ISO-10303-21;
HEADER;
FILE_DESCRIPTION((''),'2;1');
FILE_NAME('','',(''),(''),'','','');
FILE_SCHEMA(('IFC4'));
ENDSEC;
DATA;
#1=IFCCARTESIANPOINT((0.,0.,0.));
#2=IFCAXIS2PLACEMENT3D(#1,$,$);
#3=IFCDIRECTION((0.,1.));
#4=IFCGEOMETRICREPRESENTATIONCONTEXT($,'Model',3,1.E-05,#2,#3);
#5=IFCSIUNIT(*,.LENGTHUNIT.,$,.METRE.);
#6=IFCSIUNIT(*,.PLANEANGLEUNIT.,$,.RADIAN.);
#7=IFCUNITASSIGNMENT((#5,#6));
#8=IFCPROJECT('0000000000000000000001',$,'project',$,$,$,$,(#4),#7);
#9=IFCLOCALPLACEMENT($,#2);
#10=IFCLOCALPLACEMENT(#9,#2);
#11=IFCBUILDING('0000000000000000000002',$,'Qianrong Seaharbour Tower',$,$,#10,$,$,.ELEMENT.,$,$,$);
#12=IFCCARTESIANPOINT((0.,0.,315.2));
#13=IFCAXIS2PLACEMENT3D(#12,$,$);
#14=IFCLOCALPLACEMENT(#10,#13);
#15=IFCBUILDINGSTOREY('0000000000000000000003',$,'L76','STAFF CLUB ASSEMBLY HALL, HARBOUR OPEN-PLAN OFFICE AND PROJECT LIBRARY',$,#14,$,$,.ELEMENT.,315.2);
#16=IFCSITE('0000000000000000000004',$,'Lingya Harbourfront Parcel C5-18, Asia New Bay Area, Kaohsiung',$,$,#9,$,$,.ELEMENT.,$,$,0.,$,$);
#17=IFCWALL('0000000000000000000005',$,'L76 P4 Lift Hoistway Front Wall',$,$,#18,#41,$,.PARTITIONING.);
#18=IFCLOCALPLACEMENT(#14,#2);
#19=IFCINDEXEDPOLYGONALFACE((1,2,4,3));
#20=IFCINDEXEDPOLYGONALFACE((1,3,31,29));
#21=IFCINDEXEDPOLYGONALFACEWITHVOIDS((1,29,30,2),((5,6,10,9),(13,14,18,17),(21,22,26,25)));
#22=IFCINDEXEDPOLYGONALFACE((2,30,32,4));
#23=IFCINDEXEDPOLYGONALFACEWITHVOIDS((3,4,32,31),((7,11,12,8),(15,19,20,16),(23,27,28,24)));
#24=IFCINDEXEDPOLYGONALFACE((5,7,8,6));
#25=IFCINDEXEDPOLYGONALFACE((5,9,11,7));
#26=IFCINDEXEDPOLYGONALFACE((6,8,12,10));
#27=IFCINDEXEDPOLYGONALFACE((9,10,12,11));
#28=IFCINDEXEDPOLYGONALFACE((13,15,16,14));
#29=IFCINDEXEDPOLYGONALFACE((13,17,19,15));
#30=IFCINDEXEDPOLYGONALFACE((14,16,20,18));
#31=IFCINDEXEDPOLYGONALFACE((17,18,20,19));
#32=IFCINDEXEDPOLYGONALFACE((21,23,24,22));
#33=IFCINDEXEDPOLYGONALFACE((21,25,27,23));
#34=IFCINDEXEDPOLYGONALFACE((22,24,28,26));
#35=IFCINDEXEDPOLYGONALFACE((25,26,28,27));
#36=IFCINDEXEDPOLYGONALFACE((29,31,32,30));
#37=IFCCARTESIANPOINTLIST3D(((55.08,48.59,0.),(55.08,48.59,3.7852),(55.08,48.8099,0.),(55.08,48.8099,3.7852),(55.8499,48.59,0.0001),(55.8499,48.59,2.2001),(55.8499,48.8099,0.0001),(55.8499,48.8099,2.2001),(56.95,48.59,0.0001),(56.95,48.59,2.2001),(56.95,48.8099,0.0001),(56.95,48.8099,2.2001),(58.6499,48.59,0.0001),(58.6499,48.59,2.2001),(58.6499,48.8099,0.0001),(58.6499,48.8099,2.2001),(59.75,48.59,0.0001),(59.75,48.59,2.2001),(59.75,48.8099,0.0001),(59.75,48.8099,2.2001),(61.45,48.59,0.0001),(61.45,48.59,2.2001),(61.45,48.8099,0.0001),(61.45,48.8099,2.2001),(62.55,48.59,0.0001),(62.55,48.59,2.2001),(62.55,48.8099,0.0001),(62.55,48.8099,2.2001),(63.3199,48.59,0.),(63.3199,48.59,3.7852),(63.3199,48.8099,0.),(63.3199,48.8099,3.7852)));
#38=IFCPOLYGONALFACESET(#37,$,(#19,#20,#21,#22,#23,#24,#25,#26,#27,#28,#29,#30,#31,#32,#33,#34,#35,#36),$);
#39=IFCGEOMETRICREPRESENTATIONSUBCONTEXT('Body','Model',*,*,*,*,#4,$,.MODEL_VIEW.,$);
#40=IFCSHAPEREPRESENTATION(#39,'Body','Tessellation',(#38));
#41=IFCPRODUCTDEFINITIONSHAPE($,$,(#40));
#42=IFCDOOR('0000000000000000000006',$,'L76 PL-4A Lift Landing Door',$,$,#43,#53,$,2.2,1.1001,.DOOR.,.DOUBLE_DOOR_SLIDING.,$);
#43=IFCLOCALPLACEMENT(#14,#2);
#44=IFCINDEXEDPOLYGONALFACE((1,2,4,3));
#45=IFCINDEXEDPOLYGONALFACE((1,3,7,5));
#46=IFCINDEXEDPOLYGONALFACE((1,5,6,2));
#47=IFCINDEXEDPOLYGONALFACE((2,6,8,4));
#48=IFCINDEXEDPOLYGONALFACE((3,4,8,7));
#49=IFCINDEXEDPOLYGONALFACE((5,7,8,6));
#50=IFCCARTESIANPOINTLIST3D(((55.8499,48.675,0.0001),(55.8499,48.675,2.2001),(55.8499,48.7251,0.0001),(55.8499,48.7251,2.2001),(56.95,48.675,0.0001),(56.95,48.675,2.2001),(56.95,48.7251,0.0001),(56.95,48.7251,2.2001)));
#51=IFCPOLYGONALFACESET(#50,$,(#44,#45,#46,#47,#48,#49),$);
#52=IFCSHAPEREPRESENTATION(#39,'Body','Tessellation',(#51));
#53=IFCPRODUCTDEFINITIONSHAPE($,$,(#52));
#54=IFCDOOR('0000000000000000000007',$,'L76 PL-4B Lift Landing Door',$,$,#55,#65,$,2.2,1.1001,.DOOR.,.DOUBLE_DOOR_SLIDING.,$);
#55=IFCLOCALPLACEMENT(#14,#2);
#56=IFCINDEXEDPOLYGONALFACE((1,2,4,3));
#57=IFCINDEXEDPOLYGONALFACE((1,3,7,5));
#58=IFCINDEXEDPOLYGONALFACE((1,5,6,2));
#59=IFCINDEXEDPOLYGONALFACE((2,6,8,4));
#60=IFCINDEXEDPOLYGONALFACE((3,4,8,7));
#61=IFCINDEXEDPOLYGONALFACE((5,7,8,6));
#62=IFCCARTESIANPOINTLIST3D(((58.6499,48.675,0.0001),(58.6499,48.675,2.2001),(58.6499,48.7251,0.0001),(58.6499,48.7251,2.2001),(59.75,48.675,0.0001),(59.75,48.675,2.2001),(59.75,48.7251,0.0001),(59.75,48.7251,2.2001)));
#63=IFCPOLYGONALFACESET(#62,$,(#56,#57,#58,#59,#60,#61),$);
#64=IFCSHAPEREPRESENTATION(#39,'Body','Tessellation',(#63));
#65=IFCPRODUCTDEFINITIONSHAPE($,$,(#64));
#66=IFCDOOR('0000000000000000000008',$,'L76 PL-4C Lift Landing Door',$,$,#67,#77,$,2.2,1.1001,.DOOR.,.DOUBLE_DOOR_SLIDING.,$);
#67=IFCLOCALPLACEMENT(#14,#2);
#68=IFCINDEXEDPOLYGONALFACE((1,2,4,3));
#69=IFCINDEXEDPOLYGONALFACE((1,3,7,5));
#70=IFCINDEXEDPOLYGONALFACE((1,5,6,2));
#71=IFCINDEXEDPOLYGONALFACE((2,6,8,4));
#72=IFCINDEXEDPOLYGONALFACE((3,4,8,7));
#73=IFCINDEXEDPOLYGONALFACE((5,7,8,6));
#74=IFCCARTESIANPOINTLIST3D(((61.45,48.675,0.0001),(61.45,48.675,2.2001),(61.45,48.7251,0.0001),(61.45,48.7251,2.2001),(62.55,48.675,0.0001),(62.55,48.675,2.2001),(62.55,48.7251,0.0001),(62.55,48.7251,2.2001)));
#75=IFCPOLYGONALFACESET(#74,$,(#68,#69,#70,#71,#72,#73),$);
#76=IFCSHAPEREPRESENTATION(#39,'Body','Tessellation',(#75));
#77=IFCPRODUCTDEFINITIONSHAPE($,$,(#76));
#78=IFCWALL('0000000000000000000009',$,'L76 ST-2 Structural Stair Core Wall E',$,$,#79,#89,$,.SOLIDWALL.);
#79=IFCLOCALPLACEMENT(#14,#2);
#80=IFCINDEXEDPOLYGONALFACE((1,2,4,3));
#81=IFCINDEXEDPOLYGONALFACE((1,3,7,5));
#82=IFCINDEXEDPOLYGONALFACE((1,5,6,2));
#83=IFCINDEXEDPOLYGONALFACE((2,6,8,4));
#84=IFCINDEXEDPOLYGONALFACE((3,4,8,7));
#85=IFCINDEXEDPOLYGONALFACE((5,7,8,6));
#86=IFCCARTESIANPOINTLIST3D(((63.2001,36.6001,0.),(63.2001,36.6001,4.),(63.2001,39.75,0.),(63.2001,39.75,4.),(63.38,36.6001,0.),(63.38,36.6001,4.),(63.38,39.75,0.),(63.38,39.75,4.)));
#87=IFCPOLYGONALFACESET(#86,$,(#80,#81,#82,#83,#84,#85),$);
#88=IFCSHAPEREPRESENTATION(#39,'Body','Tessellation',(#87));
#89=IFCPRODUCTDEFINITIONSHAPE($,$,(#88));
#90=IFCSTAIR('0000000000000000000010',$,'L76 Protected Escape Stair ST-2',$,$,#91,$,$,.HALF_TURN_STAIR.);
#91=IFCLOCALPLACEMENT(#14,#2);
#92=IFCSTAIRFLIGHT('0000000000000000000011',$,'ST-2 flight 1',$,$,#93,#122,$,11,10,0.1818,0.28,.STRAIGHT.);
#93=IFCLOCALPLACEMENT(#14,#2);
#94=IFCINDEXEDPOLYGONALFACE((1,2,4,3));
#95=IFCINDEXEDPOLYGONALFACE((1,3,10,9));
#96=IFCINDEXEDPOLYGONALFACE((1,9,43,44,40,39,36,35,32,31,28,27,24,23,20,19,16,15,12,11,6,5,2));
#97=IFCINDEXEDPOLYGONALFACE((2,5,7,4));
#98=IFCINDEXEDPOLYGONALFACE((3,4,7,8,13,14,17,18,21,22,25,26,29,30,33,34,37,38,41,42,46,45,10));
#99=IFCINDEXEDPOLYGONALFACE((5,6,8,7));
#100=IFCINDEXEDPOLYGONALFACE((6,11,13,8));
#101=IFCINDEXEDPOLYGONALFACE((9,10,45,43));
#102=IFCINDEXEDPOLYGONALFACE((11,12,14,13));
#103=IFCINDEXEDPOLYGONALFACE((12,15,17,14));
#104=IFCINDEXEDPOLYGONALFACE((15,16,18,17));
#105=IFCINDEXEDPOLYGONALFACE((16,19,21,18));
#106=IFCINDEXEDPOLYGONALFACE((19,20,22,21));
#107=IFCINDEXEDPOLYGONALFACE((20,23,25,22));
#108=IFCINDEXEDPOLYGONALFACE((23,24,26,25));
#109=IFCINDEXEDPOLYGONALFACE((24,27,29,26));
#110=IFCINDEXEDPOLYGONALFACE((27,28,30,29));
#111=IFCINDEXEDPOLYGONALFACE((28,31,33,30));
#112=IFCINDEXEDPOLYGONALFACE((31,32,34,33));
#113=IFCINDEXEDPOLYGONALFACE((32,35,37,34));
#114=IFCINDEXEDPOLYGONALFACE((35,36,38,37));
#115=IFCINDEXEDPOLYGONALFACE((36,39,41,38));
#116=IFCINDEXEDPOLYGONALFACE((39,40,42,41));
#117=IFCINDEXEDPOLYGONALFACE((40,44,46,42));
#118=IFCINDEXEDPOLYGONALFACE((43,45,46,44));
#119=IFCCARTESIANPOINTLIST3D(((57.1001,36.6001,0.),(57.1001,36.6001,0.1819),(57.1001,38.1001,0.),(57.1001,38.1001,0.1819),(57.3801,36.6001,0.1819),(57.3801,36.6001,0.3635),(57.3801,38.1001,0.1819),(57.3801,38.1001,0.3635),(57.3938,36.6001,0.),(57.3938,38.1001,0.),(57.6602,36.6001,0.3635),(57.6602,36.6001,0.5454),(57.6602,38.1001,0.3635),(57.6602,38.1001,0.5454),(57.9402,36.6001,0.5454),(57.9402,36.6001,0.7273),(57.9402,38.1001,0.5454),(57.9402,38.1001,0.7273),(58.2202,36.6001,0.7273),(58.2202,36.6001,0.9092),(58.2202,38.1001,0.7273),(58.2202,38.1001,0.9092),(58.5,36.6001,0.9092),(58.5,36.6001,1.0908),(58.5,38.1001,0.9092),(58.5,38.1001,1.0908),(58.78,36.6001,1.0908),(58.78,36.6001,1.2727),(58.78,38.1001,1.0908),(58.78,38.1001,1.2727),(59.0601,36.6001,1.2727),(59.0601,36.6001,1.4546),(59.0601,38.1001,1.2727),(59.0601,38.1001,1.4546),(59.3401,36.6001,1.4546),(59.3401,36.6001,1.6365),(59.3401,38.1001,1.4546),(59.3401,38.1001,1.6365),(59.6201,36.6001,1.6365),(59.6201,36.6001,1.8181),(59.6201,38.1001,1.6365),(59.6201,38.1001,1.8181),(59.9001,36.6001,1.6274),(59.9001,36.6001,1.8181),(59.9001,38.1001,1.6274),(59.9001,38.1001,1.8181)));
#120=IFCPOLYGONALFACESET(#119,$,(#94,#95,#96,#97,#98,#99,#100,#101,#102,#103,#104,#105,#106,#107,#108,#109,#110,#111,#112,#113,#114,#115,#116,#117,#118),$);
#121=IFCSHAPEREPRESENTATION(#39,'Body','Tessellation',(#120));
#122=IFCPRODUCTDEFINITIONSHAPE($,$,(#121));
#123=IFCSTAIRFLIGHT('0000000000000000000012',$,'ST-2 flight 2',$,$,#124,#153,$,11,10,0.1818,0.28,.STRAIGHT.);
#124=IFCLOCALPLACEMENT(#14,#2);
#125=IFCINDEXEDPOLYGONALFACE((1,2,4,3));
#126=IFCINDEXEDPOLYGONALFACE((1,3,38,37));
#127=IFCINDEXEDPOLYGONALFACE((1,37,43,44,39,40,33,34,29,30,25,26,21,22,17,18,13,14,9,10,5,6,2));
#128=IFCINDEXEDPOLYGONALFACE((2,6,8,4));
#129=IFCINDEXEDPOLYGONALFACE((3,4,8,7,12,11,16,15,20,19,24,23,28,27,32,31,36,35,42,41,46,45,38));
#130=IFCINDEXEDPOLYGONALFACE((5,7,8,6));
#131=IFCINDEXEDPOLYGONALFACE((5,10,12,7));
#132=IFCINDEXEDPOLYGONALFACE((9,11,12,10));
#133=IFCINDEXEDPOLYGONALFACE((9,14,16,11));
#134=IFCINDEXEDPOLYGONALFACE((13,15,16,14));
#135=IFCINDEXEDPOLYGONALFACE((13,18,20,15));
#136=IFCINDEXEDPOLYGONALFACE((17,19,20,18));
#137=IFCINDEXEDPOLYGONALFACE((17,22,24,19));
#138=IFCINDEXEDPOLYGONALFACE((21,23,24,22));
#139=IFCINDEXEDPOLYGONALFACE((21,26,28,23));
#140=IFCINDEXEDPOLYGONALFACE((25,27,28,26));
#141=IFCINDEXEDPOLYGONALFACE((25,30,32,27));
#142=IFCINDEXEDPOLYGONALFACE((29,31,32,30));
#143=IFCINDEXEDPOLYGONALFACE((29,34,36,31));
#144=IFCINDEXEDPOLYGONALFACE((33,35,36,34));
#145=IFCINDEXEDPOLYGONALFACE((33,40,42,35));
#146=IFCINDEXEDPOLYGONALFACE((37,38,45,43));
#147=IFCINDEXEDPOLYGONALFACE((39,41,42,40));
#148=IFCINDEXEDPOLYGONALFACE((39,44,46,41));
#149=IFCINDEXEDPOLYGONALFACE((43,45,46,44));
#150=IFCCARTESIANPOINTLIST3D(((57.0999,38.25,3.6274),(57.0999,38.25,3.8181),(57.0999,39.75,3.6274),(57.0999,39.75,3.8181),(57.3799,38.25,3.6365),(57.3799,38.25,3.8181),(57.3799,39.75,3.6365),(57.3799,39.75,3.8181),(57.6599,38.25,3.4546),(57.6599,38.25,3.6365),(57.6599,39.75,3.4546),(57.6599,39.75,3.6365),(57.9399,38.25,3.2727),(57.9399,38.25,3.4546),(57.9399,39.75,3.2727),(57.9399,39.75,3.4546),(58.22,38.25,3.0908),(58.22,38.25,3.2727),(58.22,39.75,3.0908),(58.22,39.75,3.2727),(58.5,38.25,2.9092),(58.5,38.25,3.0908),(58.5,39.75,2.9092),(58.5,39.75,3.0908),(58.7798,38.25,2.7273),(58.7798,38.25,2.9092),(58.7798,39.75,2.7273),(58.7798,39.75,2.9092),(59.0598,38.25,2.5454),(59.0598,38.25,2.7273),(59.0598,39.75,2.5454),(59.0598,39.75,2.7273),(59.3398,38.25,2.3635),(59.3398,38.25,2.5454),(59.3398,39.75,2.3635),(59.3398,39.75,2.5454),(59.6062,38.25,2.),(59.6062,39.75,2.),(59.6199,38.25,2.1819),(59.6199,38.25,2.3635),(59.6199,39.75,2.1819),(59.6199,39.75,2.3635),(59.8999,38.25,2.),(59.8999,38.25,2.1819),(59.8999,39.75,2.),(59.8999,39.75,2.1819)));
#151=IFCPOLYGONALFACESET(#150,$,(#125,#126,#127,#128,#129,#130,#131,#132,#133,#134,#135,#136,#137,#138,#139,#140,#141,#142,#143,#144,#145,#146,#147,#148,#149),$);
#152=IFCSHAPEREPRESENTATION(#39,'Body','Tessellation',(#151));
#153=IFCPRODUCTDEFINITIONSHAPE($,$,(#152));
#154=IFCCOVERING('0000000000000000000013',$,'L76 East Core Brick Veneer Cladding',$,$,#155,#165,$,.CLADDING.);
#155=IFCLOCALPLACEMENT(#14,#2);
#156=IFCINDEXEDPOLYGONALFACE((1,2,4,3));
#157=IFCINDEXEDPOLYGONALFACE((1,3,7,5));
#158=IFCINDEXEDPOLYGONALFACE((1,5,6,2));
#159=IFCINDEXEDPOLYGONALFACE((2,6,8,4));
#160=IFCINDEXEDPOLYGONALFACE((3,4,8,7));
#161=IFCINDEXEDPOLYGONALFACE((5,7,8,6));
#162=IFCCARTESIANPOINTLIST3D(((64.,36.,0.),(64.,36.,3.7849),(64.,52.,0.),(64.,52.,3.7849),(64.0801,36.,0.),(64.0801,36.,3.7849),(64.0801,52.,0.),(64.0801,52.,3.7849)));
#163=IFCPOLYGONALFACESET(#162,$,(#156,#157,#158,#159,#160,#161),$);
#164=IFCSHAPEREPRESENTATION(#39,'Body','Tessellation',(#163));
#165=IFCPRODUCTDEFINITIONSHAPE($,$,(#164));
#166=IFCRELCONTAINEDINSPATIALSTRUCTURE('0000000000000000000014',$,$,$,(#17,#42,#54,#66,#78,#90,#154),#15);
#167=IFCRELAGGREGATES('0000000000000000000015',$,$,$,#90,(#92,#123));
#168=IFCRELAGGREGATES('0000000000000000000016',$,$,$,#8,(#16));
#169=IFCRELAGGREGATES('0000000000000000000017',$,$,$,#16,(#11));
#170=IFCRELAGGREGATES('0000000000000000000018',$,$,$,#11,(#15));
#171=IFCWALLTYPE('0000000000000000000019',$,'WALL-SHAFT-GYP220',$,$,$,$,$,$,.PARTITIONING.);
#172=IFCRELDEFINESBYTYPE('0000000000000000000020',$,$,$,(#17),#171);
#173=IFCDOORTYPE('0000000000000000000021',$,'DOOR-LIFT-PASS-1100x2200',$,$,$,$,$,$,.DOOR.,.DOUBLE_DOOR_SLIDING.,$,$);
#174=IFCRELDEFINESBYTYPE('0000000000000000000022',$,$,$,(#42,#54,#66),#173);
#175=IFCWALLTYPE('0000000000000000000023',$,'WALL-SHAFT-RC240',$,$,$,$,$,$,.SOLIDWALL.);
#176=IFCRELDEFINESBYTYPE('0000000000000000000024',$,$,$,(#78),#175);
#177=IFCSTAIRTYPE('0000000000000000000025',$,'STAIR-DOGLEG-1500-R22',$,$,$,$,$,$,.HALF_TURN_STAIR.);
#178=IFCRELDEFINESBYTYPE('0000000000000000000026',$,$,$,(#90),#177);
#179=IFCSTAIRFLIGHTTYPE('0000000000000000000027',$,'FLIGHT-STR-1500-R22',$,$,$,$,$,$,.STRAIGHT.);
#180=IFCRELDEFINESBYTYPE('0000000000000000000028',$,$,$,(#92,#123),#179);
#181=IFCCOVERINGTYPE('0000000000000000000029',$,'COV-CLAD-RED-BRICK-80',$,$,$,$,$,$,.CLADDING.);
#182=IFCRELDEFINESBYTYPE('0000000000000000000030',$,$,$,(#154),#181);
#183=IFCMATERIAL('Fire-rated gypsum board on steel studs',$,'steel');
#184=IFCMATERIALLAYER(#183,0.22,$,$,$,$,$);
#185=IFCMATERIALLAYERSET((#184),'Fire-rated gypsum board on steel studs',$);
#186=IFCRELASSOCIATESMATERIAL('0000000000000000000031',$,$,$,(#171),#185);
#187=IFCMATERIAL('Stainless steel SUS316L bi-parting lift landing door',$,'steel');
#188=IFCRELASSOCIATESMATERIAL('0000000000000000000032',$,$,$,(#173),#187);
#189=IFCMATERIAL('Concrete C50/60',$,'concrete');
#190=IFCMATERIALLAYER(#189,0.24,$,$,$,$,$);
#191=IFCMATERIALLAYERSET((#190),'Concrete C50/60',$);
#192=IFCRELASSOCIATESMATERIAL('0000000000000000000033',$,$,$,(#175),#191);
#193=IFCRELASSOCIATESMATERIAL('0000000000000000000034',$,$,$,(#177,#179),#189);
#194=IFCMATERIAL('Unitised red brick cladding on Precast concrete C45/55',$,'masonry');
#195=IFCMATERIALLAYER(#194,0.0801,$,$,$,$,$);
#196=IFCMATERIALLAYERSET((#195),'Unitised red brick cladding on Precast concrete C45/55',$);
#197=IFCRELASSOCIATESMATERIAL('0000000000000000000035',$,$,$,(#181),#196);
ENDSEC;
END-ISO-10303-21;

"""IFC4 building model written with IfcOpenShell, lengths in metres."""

from ifc_helpers import new_model, si_unit, direction, frame, frame_2d, origin, origin_2d, place, context, subcontext, project, spatial, polyline, rectangle, outline, extrude, material, layer, layer_set, type_object, element, fill, aggregate, save


model = new_model("IFC4")

# Units and contexts
model_context = context("Model", 3, precision=1e-05, world=origin(), true_north=direction((0.0, 1.0)))
body_context = subcontext(model_context, "Body", "Model", "MODEL_VIEW")
ifc_project = project(units=[si_unit("LENGTHUNIT", "METRE"), si_unit("PLANEANGLEUNIT", "RADIAN")], contexts=[model_context])

# Site, building, storey
site_placement = place(None, origin())
site = spatial("IfcSite", under=ifc_project, at=site_placement, Name="Lingya Harbourfront Parcel C5-18, Asia New Bay Area, Kaohsiung", CompositionType="ELEMENT", RefElevation=0.0)
building_placement = place(site_placement, origin())
building = spatial("IfcBuilding", under=site, at=building_placement, Name="Qianrong Seaharbour Tower", CompositionType="ELEMENT")
storey_placement = place(building_placement, frame((0.0, 0.0, 315.2)))
storey = spatial("IfcBuildingStorey", under=building, at=storey_placement, Name="L76", Description="STAFF CLUB ASSEMBLY HALL, HARBOUR OPEN-PLAN OFFICE AND PROJECT LIBRARY", CompositionType="ELEMENT", Elevation=315.2)

# Shared definitions
ifc_material_1 = material(Name="Fire-rated gypsum board on steel studs", Category="steel")

# Wall, openings, doors
ifc_layer_1 = layer(ifc_material_1, 0.22)
ifc_layer_set_1 = layer_set([ifc_layer_1], Name="Fire-rated gypsum board on steel studs")
wall_type_1 = type_object("IfcWallType", Name="WALL-SHAFT-GYP220", PredefinedType="PARTITIONING", material=ifc_layer_set_1)
wall_1_placement = place(storey_placement, frame((63.3201, 48.7, 0.0), z_axis=(0.0, 0.0, 1.0), x_axis=(-1.0, 0.0, 0.0)))
wall_1 = element("IfcWall", 1, at=wall_1_placement, inside=storey, type_object=wall_type_1, Name="L76 P4 Lift Hoistway Front Wall", PredefinedType="PARTITIONING", context=body_context, shape_type="SweptSolid", body=[
    extrude(rectangle(XDim=8.24, YDim=0.22, at=frame_2d((4.1201, 0.0))), origin(), (0.0, 0.0, 1.0), 3.7852),
])
opening_1_placement = place(wall_1_placement, frame((6.3701, 0.0, 0.0)))
opening_1 = element("IfcOpeningElement", 2, at=opening_1_placement, cuts=wall_1, PredefinedType="OPENING", context=body_context, shape_type="SweptSolid", body=[
    extrude(rectangle(XDim=1.1001, YDim=2.2, at=frame_2d((0.55, 1.1001))), frame((0.0, 0.1201, 0.0), z_axis=(0.0, -1.0, 0.0), x_axis=(1.0, 0.0, 0.0)), (0.0, 0.0, 1.0), 0.24),
])
opening_2_placement = place(wall_1_placement, frame((3.5701, 0.0, 0.0)))
opening_2 = element("IfcOpeningElement", 3, at=opening_2_placement, cuts=wall_1, PredefinedType="OPENING", context=body_context, shape_type="SweptSolid", body=[
    extrude(rectangle(XDim=1.1001, YDim=2.2, at=frame_2d((0.55, 1.1001))), frame((0.0, 0.1201, 0.0), z_axis=(0.0, -1.0, 0.0), x_axis=(1.0, 0.0, 0.0)), (0.0, 0.0, 1.0), 0.24),
])
opening_3_placement = place(wall_1_placement, frame((0.77, 0.0, 0.0)))
opening_3 = element("IfcOpeningElement", 4, at=opening_3_placement, cuts=wall_1, PredefinedType="OPENING", context=body_context, shape_type="SweptSolid", body=[
    extrude(rectangle(XDim=1.1001, YDim=2.2, at=frame_2d((0.55, 1.1001))), frame((0.0, 0.1201, 0.0), z_axis=(0.0, -1.0, 0.0), x_axis=(1.0, 0.0, 0.0)), (0.0, 0.0, 1.0), 0.24),
])
ifc_material_2 = material(Name="Stainless steel SUS316L bi-parting lift landing door", Category="steel")
door_type_1 = type_object("IfcDoorType", Name="DOOR-LIFT-PASS-1100x2200", OperationType="DOUBLE_DOOR_SLIDING", PredefinedType="DOOR", material=ifc_material_2)
door_1_placement = place(opening_1_placement, origin())
door_1 = element("IfcDoor", 5, at=door_1_placement, inside=storey, type_object=door_type_1, Name="L76 PL-4A Lift Landing Door", OperationType="DOUBLE_DOOR_SLIDING", OverallHeight=2.2, OverallWidth=1.1001, PredefinedType="DOOR", context=body_context, shape_type="SweptSolid", body=[
    extrude(rectangle(XDim=1.1001, YDim=2.2, at=frame_2d((0.55, 1.1001))), frame((0.0, 0.0249, 0.0), z_axis=(0.0, -1.0, 0.0), x_axis=(1.0, 0.0, 0.0)), (0.0, 0.0, 1.0), 0.05),
])
fill(opening_1, door_1)
door_2_placement = place(opening_2_placement, origin())
door_2 = element("IfcDoor", 6, at=door_2_placement, inside=storey, type_object=door_type_1, Name="L76 PL-4B Lift Landing Door", OperationType="DOUBLE_DOOR_SLIDING", OverallHeight=2.2, OverallWidth=1.1001, PredefinedType="DOOR", context=body_context, shape_type="SweptSolid", body=[
    extrude(rectangle(XDim=1.1001, YDim=2.2, at=frame_2d((0.55, 1.1001))), frame((0.0, 0.0249, 0.0), z_axis=(0.0, -1.0, 0.0), x_axis=(1.0, 0.0, 0.0)), (0.0, 0.0, 1.0), 0.05),
])
fill(opening_2, door_2)
door_3_placement = place(opening_3_placement, origin())
door_3 = element("IfcDoor", 7, at=door_3_placement, inside=storey, type_object=door_type_1, Name="L76 PL-4C Lift Landing Door", OperationType="DOUBLE_DOOR_SLIDING", OverallHeight=2.2, OverallWidth=1.1001, PredefinedType="DOOR", context=body_context, shape_type="SweptSolid", body=[
    extrude(rectangle(XDim=1.1001, YDim=2.2, at=frame_2d((0.55, 1.1001))), frame((0.0, 0.0249, 0.0), z_axis=(0.0, -1.0, 0.0), x_axis=(1.0, 0.0, 0.0)), (0.0, 0.0, 1.0), 0.05),
])
fill(opening_3, door_3)

# Wall
ifc_material_3 = material(Name="Concrete C50/60", Category="concrete")
ifc_layer_2 = layer(ifc_material_3, 0.24)
ifc_layer_set_2 = layer_set([ifc_layer_2], Name="Concrete C50/60")
wall_type_2 = type_object("IfcWallType", Name="WALL-SHAFT-RC240", PredefinedType="SOLIDWALL", material=ifc_layer_set_2)
wall_2_placement = place(storey_placement, frame((63.29, 36.6001, 0.0), z_axis=(0.0, 0.0, 1.0), x_axis=(0.0, 1.0, 0.0)))
element("IfcWall", 8, at=wall_2_placement, inside=storey, type_object=wall_type_2, Name="L76 ST-2 Structural Stair Core Wall E", PredefinedType="SOLIDWALL", context=body_context, shape_type="SweptSolid", body=[
    extrude(rectangle(XDim=3.1499, YDim=0.1799, at=frame_2d((1.575, 0.0))), origin(), (0.0, 0.0, 1.0), 4.0),
])

# Stair, stair flights
stair_type = type_object("IfcStairType", Name="STAIR-DOGLEG-1500-R22", PredefinedType="HALF_TURN_STAIR", material=ifc_material_3)
stair_placement = place(storey_placement, origin())
stair = element("IfcStair", 9, at=stair_placement, inside=storey, type_object=stair_type, Name="L76 Protected Escape Stair ST-2", PredefinedType="HALF_TURN_STAIR")
stair_flight_type = type_object("IfcStairFlightType", Name="FLIGHT-STR-1500-R22", PredefinedType="STRAIGHT", material=ifc_material_3)
stair_flight_1_placement = place(storey_placement, frame((57.1001, 37.3501, 0.0), z_axis=(0.0, 0.0, 1.0), x_axis=(1.0, 0.0, 0.0)))
stair_flight_1 = element("IfcStairFlight", 10, at=stair_flight_1_placement, type_object=stair_flight_type, Name="ST-2 flight 1", NumberOfRisers=11, NumberOfTreads=10, PredefinedType="STRAIGHT", RiserHeight=0.1818, TreadLength=0.28, context=body_context, shape_type="SweptSolid", body=[
    extrude(outline(polyline([(0.0, 0.0), (0.0, 0.1819), (0.28, 0.1819), (0.28, 0.3635), (0.5601, 0.3635), (0.5601, 0.5454), (0.8401, 0.5454), (0.8401, 0.7273), (1.1201, 0.7273), (1.1201, 0.9092), (1.3999, 0.9092), (1.3999, 1.0908), (1.6799, 1.0908), (1.6799, 1.2727), (1.96, 1.2727), (1.96, 1.4546), (2.24, 1.4546), (2.24, 1.6365), (2.52, 1.6365), (2.52, 1.8181), (2.8, 1.8181), (2.8, 2.0), (2.8, 1.6274), (0.2937, 0.0), (0.0, 0.0)])), frame((0.0, 0.75, 0.0), z_axis=(0.0, -1.0, 0.0), x_axis=(1.0, 0.0, 0.0)), (0.0, 0.0, 1.0), 1.5),
])
stair_flight_2_placement = place(storey_placement, frame((59.8999, 39.0, 2.0), z_axis=(0.0, 0.0, 1.0), x_axis=(-1.0, 0.0, 0.0)))
stair_flight_2 = element("IfcStairFlight", 11, at=stair_flight_2_placement, type_object=stair_flight_type, Name="ST-2 flight 2", NumberOfRisers=11, NumberOfTreads=10, PredefinedType="STRAIGHT", RiserHeight=0.1818, TreadLength=0.28, context=body_context, shape_type="SweptSolid", body=[
    extrude(outline(polyline([(0.0, 0.0), (0.0, 0.1819), (0.28, 0.1819), (0.28, 0.3635), (0.5601, 0.3635), (0.5601, 0.5454), (0.8401, 0.5454), (0.8401, 0.7273), (1.1201, 0.7273), (1.1201, 0.9092), (1.3999, 0.9092), (1.3999, 1.0908), (1.6799, 1.0908), (1.6799, 1.2727), (1.96, 1.2727), (1.96, 1.4546), (2.24, 1.4546), (2.24, 1.6365), (2.52, 1.6365), (2.52, 1.8181), (2.8, 1.8181), (2.8, 2.0), (2.8, 1.6274), (0.2937, 0.0), (0.0, 0.0)])), frame((0.0, 0.75, 0.0), z_axis=(0.0, -1.0, 0.0), x_axis=(1.0, 0.0, 0.0)), (0.0, 0.0, 1.0), 1.5),
])
aggregate(stair, [stair_flight_1, stair_flight_2])

# Covering
ifc_material_4 = material(Name="Unitised red brick cladding on Precast concrete C45/55", Category="masonry")
ifc_layer_3 = layer(ifc_material_4, 0.0801)
ifc_layer_set_3 = layer_set([ifc_layer_3], Name="Unitised red brick cladding on Precast concrete C45/55")
covering_type = type_object("IfcCoveringType", Name="COV-CLAD-RED-BRICK-80", PredefinedType="CLADDING", material=ifc_layer_set_3)
covering_placement = place(storey_placement, frame((64.04, 44.0, 0.0), z_axis=(0.0, 0.0, 1.0), x_axis=(1.0, 0.0, 0.0)))
element("IfcCovering", 12, at=covering_placement, inside=storey, type_object=covering_type, Name="L76 East Core Brick Veneer Cladding", PredefinedType="CLADDING", context=body_context, shape_type="SweptSolid", body=[
    extrude(rectangle(XDim=0.0801, YDim=16.0, at=origin_2d()), origin(), (0.0, 0.0, 1.0), 3.7849),
])

save(model, "model.ifc")
